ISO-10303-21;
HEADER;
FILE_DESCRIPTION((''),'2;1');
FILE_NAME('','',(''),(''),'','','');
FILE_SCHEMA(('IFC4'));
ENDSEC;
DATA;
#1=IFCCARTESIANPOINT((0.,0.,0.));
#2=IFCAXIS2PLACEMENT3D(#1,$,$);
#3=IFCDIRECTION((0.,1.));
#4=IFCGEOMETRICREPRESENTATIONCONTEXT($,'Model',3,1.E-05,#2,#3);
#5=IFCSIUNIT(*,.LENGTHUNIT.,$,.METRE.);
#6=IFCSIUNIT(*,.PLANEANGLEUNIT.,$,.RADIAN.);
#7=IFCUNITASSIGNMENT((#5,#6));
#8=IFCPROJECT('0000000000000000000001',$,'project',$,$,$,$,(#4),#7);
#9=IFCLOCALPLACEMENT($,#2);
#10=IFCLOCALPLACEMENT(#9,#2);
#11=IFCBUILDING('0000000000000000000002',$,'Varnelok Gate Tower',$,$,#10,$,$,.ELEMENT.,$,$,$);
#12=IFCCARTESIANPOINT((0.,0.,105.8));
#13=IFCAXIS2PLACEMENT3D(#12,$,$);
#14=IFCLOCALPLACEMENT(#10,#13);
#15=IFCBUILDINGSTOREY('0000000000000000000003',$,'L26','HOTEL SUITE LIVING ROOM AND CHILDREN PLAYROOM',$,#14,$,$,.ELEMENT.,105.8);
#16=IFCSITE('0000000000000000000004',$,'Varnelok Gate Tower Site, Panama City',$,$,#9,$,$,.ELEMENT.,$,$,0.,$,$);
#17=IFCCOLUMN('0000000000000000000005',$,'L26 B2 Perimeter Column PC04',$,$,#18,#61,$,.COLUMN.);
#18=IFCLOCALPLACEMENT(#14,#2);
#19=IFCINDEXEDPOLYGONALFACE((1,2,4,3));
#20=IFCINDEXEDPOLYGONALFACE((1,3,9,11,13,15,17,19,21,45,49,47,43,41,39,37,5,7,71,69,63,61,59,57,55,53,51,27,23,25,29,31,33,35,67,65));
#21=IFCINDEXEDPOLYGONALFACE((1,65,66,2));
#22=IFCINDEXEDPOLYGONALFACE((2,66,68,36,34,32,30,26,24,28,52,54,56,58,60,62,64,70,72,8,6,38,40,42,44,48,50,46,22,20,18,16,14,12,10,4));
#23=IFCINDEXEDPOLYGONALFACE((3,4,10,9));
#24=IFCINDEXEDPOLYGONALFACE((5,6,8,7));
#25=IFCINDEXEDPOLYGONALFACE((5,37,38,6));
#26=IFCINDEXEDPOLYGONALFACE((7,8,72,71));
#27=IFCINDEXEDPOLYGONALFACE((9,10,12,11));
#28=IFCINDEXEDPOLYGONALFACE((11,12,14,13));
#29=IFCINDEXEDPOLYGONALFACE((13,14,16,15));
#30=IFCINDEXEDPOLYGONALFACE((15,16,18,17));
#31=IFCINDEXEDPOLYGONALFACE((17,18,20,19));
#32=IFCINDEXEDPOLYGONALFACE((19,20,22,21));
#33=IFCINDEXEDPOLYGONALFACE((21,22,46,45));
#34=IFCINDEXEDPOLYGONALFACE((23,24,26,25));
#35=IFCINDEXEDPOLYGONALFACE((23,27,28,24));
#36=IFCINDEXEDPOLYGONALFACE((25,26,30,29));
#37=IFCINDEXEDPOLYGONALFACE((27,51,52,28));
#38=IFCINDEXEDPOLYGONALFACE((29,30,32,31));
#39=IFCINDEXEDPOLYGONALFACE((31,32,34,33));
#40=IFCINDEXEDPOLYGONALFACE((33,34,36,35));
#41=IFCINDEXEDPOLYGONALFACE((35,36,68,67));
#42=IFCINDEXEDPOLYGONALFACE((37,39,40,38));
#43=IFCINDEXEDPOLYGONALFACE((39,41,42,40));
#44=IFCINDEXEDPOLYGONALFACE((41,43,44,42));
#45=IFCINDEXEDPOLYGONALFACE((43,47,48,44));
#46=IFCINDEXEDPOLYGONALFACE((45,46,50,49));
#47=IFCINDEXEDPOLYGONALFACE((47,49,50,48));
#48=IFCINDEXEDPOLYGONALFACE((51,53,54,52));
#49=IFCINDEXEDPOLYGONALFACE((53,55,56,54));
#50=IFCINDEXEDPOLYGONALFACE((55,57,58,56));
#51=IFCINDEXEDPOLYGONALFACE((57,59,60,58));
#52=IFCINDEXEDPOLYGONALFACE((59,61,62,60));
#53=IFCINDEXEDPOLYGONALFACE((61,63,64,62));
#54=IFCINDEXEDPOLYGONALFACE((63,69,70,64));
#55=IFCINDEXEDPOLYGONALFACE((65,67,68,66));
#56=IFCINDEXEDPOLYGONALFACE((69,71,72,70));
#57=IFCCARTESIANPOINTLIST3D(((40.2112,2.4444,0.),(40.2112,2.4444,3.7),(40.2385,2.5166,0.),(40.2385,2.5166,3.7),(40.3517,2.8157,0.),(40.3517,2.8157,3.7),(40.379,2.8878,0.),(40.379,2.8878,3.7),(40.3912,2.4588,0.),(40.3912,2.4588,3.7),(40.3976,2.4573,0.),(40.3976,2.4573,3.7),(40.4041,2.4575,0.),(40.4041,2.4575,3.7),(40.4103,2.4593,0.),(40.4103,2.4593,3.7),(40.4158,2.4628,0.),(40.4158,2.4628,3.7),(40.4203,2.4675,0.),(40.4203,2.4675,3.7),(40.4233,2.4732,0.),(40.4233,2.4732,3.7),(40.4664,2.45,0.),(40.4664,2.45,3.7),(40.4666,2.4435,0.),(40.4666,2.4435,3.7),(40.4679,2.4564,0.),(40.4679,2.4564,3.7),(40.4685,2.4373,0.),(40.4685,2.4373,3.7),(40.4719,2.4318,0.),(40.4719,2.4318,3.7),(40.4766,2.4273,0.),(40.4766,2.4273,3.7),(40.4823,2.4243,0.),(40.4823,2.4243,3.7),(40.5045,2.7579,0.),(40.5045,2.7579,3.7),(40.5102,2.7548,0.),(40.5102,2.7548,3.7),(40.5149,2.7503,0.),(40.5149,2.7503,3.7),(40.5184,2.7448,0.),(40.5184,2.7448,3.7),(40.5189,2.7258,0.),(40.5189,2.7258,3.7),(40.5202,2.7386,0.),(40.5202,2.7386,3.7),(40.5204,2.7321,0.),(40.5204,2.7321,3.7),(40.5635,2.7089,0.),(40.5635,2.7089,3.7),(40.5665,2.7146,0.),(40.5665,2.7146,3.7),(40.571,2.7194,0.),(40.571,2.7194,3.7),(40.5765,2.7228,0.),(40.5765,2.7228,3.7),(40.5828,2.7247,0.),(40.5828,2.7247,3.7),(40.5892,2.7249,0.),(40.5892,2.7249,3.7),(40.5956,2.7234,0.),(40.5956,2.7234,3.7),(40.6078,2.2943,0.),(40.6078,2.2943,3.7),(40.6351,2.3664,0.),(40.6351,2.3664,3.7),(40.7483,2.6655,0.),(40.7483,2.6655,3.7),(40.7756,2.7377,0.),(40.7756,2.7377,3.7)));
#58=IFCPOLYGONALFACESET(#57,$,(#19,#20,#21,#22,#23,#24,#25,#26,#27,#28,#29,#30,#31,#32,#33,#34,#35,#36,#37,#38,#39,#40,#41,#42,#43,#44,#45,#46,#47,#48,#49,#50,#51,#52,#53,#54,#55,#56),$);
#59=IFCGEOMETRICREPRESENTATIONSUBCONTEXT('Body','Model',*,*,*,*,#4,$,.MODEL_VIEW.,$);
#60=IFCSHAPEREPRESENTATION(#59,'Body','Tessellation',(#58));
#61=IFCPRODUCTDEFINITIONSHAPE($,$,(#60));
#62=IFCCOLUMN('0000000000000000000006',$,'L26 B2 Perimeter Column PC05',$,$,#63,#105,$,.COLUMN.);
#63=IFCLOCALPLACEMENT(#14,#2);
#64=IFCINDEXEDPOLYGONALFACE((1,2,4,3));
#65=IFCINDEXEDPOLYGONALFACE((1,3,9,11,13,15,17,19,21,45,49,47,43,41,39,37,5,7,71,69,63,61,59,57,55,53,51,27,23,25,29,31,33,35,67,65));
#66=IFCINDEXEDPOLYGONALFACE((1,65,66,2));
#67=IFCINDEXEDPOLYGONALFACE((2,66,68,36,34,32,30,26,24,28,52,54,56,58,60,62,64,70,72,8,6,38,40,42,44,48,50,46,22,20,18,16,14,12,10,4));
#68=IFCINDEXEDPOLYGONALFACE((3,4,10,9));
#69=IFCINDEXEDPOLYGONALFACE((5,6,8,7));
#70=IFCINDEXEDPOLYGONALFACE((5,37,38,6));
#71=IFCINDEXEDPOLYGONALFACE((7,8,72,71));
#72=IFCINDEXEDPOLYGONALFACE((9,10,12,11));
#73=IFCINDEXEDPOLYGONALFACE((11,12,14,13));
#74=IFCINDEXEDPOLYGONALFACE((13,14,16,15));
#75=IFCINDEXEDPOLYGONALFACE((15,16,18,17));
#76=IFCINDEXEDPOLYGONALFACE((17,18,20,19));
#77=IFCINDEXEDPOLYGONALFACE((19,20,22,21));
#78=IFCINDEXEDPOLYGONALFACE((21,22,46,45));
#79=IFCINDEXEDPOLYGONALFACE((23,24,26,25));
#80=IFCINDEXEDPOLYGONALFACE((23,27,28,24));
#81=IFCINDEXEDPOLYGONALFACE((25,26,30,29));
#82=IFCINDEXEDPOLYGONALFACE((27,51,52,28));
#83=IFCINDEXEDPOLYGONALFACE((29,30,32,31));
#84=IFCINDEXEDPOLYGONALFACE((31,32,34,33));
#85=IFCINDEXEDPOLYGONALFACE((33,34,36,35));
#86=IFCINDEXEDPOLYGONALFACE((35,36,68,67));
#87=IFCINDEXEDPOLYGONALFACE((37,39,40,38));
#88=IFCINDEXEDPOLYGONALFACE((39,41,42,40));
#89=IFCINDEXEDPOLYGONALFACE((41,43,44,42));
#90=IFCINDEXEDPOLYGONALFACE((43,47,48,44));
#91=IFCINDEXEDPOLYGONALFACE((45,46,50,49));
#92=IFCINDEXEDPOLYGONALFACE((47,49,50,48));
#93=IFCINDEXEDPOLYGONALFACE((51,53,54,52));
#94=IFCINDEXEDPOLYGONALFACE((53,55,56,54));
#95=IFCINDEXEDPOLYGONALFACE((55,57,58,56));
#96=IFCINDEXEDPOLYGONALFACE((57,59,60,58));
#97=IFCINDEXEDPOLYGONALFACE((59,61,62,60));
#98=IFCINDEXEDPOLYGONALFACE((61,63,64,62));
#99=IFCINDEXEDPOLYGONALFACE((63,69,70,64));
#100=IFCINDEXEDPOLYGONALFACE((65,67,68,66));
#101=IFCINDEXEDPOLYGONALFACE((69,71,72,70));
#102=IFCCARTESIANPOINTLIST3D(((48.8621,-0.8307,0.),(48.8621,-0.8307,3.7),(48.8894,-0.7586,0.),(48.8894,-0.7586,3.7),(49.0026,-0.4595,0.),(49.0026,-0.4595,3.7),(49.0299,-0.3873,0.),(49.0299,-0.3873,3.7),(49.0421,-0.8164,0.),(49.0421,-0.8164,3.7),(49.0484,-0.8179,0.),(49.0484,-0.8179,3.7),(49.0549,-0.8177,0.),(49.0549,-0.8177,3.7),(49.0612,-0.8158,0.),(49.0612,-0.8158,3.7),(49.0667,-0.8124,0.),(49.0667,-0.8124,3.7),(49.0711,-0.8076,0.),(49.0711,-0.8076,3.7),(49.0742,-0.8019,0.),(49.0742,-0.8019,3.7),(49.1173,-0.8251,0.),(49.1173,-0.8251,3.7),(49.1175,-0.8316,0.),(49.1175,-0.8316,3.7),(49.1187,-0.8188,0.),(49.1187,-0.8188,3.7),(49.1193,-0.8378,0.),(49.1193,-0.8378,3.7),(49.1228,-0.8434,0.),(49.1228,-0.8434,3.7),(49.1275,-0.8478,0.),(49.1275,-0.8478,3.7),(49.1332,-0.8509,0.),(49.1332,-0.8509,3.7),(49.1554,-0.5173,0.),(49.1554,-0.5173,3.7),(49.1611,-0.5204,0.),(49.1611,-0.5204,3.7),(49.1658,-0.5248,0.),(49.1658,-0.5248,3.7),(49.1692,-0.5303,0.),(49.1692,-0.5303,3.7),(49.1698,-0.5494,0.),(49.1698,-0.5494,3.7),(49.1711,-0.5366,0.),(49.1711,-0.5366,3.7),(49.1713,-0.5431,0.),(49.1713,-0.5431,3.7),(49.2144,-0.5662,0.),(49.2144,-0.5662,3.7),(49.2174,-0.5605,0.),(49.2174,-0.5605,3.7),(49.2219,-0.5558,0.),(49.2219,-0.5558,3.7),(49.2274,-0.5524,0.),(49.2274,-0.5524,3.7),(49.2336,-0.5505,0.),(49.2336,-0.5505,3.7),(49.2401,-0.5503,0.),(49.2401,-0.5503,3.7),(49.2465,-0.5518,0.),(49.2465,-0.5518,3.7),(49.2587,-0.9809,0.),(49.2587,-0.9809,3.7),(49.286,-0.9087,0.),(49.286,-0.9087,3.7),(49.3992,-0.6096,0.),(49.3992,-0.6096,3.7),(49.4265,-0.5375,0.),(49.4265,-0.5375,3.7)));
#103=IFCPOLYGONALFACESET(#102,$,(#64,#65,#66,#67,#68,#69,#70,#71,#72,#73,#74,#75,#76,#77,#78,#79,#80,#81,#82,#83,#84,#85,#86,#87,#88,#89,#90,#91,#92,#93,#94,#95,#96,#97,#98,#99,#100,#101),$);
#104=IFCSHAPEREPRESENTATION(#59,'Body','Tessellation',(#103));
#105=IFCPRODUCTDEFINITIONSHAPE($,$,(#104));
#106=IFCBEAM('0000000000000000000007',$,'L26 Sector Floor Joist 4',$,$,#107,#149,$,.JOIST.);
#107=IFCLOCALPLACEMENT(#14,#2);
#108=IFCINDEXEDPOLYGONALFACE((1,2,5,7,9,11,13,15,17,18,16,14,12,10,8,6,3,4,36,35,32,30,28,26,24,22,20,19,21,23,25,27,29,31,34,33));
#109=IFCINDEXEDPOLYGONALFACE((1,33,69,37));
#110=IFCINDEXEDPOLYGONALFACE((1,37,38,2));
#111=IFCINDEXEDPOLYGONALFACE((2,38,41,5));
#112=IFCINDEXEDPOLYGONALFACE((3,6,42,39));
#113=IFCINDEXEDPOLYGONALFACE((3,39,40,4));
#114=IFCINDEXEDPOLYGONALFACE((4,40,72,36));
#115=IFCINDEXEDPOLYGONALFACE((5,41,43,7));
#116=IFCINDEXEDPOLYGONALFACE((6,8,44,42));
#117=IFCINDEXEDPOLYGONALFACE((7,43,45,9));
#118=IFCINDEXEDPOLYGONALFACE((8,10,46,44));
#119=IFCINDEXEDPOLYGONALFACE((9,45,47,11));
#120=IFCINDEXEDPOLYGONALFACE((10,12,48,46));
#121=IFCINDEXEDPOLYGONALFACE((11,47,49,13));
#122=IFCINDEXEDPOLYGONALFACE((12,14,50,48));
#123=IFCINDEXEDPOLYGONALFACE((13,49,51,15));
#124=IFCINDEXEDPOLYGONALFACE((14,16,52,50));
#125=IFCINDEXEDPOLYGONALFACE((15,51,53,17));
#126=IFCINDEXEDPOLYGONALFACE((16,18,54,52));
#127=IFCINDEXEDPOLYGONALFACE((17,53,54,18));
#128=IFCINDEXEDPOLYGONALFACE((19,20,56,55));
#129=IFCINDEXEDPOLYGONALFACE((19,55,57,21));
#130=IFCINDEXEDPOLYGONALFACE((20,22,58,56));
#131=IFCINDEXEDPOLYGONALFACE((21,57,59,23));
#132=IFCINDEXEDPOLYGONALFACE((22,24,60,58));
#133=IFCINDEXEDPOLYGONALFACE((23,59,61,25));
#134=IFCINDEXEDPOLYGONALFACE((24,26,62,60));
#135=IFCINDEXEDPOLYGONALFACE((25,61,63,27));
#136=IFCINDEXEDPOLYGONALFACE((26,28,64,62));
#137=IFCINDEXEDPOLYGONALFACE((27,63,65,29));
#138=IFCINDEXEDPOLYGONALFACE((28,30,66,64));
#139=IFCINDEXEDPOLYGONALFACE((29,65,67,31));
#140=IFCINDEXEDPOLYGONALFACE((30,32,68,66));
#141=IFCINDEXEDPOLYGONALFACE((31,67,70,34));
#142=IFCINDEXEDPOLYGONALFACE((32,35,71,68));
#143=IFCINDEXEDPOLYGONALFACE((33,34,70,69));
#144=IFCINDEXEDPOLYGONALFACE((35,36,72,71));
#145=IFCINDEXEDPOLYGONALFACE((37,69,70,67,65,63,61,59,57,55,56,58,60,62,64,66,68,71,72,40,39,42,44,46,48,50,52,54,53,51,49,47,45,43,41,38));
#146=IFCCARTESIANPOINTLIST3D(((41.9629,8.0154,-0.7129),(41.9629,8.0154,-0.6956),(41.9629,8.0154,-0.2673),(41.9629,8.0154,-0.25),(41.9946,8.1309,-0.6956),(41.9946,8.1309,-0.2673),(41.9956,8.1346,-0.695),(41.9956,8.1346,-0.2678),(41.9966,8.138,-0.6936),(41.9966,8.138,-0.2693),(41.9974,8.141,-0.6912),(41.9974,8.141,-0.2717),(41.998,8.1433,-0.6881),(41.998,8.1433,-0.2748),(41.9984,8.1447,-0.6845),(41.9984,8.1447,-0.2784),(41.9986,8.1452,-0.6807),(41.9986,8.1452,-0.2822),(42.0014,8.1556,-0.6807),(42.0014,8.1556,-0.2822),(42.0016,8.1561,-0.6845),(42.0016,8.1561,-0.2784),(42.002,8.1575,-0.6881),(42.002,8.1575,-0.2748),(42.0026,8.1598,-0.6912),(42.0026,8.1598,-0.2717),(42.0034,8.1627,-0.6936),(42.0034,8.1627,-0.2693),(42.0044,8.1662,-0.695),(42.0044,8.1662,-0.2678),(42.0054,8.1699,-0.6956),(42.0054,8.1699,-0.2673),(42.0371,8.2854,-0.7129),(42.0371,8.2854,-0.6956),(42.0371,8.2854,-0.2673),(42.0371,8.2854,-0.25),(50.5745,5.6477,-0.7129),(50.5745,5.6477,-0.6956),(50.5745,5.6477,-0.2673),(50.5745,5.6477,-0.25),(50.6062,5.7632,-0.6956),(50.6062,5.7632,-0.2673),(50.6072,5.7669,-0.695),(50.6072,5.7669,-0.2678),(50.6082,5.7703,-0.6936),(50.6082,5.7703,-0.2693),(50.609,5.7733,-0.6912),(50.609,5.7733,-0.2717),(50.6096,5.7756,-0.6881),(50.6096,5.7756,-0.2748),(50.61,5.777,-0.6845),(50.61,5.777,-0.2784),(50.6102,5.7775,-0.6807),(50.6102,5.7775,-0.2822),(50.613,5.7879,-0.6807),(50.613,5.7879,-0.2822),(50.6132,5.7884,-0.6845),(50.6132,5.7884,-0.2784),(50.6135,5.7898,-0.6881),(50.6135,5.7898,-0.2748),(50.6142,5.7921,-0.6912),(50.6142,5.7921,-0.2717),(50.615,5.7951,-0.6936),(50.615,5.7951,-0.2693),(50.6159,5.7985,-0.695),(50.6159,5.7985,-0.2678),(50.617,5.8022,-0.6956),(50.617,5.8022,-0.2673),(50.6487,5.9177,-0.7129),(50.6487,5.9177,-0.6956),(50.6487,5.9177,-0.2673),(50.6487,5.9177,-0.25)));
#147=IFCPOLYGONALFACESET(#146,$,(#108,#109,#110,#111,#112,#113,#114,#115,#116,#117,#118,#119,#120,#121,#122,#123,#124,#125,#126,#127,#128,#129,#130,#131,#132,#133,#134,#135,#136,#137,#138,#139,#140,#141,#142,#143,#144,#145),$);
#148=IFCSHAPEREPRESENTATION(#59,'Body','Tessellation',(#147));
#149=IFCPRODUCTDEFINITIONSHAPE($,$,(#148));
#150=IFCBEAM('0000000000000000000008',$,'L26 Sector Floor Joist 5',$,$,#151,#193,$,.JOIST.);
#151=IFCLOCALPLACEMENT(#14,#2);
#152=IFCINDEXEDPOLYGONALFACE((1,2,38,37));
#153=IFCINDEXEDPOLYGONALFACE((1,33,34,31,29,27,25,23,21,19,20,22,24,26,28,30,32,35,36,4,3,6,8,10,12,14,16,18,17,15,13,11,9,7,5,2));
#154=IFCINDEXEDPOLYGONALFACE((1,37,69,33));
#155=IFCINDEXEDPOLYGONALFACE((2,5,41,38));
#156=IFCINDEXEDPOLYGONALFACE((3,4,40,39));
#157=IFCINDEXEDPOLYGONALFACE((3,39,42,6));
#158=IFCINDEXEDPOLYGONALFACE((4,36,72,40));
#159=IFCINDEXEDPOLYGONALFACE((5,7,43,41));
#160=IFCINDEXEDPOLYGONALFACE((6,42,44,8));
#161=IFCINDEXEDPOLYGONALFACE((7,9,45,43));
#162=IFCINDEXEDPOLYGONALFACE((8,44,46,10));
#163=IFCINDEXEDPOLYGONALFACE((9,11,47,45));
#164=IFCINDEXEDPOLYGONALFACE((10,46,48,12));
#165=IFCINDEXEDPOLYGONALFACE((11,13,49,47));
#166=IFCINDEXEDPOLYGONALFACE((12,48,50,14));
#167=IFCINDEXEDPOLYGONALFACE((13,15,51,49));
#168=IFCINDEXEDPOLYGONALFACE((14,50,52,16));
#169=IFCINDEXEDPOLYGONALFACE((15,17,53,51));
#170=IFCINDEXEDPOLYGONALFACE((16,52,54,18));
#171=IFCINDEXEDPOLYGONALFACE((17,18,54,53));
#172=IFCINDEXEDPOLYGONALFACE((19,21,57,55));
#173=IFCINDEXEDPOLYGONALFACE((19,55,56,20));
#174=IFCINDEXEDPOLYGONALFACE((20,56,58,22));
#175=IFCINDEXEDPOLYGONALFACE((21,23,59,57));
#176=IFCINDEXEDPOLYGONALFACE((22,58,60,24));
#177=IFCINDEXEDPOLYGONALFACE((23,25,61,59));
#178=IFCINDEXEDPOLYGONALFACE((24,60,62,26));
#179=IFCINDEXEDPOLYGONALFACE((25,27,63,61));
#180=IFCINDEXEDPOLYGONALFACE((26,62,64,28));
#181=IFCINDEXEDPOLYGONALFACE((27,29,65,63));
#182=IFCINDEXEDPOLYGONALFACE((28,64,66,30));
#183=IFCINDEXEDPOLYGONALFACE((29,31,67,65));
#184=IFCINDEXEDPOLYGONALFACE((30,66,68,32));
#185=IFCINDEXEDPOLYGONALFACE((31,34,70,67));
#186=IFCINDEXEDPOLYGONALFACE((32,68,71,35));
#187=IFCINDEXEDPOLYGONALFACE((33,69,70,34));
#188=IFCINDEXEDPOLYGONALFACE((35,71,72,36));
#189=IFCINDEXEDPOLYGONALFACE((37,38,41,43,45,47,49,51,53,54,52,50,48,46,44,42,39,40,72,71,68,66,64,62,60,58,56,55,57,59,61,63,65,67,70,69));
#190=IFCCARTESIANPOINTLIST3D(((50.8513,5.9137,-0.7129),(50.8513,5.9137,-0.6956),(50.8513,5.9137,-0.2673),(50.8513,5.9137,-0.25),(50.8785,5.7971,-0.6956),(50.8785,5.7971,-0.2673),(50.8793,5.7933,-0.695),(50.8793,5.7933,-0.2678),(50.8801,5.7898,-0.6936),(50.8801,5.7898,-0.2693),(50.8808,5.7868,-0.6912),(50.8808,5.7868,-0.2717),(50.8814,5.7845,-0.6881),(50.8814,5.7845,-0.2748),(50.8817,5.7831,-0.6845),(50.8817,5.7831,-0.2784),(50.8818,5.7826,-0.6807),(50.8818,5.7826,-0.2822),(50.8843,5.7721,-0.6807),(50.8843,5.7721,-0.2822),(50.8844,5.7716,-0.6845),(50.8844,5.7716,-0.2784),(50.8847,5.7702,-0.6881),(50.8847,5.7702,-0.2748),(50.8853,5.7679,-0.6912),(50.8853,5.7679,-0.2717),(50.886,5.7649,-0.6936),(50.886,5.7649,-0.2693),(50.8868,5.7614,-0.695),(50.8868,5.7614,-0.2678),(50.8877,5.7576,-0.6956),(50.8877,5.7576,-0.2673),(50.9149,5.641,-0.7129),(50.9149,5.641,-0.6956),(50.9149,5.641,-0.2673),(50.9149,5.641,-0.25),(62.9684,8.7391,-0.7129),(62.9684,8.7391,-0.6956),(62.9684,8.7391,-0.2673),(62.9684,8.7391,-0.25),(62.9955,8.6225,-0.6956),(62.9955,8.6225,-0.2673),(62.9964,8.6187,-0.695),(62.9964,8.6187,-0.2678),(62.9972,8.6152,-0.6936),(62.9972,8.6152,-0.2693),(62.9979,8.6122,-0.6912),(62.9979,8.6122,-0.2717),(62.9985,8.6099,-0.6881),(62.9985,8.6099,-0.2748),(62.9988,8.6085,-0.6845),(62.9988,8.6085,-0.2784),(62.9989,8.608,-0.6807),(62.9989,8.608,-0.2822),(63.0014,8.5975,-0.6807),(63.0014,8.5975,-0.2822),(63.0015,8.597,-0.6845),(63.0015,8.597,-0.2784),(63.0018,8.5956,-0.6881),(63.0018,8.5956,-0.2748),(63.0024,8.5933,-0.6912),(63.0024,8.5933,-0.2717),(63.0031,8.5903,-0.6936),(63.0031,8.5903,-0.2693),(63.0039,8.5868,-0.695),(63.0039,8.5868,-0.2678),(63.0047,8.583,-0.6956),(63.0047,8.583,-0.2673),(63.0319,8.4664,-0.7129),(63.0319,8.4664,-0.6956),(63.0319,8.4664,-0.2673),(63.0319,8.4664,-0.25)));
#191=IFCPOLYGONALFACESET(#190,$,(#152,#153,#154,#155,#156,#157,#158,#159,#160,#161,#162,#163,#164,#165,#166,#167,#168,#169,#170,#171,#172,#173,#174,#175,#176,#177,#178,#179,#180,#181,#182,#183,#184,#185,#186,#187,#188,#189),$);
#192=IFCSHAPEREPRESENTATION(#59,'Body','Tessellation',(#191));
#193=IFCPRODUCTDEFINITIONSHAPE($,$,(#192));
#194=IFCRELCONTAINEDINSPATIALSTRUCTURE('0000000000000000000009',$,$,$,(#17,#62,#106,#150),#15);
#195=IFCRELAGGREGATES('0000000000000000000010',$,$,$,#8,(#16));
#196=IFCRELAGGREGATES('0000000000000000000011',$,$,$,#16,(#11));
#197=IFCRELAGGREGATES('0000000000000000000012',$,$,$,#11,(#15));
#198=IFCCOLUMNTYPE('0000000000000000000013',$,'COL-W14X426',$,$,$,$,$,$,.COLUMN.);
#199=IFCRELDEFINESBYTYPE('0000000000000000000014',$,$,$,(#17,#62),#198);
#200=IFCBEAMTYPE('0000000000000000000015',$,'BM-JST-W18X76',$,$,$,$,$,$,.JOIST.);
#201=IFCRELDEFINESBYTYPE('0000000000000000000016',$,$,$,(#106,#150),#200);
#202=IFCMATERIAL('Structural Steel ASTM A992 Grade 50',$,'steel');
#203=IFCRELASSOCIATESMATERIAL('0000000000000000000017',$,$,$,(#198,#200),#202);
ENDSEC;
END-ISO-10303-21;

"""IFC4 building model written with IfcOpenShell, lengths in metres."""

from ifc_helpers import new_model, si_unit, direction, frame, origin, origin_2d, place, context, subcontext, project, spatial, i_section, extrude, material, material_profile, profile_set, type_object, element, save


model = new_model("IFC4")

# Units and contexts
model_context = context("Model", 3, precision=1e-05, world=origin(), true_north=direction((0.0, 1.0)))
body_context = subcontext(model_context, "Body", "Model", "MODEL_VIEW")
ifc_project = project(units=[si_unit("LENGTHUNIT", "METRE"), si_unit("PLANEANGLEUNIT", "RADIAN")], contexts=[model_context])

# Site, building, storey
site_placement = place(None, origin())
site = spatial("IfcSite", under=ifc_project, at=site_placement, Name="Varnelok Gate Tower Site, Panama City", CompositionType="ELEMENT", RefElevation=0.0)
building_placement = place(site_placement, origin())
building = spatial("IfcBuilding", under=site, at=building_placement, Name="Varnelok Gate Tower", CompositionType="ELEMENT")
storey_placement = place(building_placement, frame((0.0, 0.0, 105.8)))
storey = spatial("IfcBuildingStorey", under=building, at=storey_placement, Name="L26", Description="HOTEL SUITE LIVING ROOM AND CHILDREN PLAYROOM", CompositionType="ELEMENT", Elevation=105.8)

# Columns
ifc_material_1 = material(Name="Structural Steel ASTM A992 Grade 50", Category="steel")
ifc_material_profile_1 = material_profile(ifc_material_1, i_section(OverallWidth=0.4241, OverallDepth=0.4741, WebThickness=0.0476, FlangeThickness=0.0771, FilletRadius=0.0249, at=origin_2d()), Name="W14X426")
ifc_profile_set_1 = profile_set([ifc_material_profile_1], Name="Structural Steel ASTM A992 Grade 50")
column_type = type_object("IfcColumnType", Name="COL-W14X426", PredefinedType="COLUMN", material=ifc_profile_set_1)
for number, where, z_axis, x_axis, name in (
    (1, (40.4934, 2.5911, 0.0), (0.0, 0.0, 1.0), (0.935222, -0.354063, 0.0), "L26 B2 Perimeter Column PC04"),
    (2, (49.1443, -0.6841, 0.0), (0.0, 0.0, 1.0), (0.935222, -0.354063, 0.0), "L26 B2 Perimeter Column PC05"),
):
    element("IfcColumn", number, at=place(storey_placement, frame(where, z_axis=z_axis, x_axis=x_axis)), inside=storey, type_object=column_type, Name=name, PredefinedType="COLUMN", context=body_context, shape_type="SweptSolid", body=[
        extrude(i_section(OverallWidth=0.4241, OverallDepth=0.4741, WebThickness=0.0476, FlangeThickness=0.0771, FilletRadius=0.0249, at=origin_2d()), origin(), (0.0, 0.0, 1.0), 3.7),
    ])

# Beams
ifc_material_profile_2 = material_profile(ifc_material_1, i_section(OverallWidth=0.28, OverallDepth=0.4629, WebThickness=0.0107, FlangeThickness=0.0173, FilletRadius=0.0149, at=origin_2d()), Name="W18X76")
ifc_profile_set_2 = profile_set([ifc_material_profile_2], Name="Structural Steel ASTM A992 Grade 50")
beam_type_1 = type_object("IfcBeamType", Name="BM-JST-W18X76", PredefinedType="JOIST", material=ifc_profile_set_2)
beam_1_placement = place(storey_placement, frame((42.0, 8.1504, -0.4814), z_axis=(0.96422, -0.265104, 0.0), x_axis=(0.265104, 0.96422, 0.0)))
element("IfcBeam", 3, at=beam_1_placement, inside=storey, type_object=beam_type_1, Name="L26 Sector Floor Joist 4", PredefinedType="JOIST", context=body_context, shape_type="SweptSolid", body=[
    extrude(i_section(OverallWidth=0.28, OverallDepth=0.4629, WebThickness=0.0107, FlangeThickness=0.0173, FilletRadius=0.0149, at=origin_2d()), origin(), (0.0, 0.0, 1.0), 8.9312),
])
beam_2_placement = place(storey_placement, frame((50.8831, 5.7773, -0.4814), z_axis=(0.973875, 0.227084, 0.0), x_axis=(-0.227084, 0.973875, 0.0)))
element("IfcBeam", 4, at=beam_2_placement, inside=storey, type_object=beam_type_1, Name="L26 Sector Floor Joist 5", PredefinedType="JOIST", context=body_context, shape_type="SweptSolid", body=[
    extrude(i_section(OverallWidth=0.28, OverallDepth=0.4629, WebThickness=0.0107, FlangeThickness=0.0173, FilletRadius=0.0149, at=origin_2d()), origin(), (0.0, 0.0, 1.0), 12.4421),
])

save(model, "model.ifc")
